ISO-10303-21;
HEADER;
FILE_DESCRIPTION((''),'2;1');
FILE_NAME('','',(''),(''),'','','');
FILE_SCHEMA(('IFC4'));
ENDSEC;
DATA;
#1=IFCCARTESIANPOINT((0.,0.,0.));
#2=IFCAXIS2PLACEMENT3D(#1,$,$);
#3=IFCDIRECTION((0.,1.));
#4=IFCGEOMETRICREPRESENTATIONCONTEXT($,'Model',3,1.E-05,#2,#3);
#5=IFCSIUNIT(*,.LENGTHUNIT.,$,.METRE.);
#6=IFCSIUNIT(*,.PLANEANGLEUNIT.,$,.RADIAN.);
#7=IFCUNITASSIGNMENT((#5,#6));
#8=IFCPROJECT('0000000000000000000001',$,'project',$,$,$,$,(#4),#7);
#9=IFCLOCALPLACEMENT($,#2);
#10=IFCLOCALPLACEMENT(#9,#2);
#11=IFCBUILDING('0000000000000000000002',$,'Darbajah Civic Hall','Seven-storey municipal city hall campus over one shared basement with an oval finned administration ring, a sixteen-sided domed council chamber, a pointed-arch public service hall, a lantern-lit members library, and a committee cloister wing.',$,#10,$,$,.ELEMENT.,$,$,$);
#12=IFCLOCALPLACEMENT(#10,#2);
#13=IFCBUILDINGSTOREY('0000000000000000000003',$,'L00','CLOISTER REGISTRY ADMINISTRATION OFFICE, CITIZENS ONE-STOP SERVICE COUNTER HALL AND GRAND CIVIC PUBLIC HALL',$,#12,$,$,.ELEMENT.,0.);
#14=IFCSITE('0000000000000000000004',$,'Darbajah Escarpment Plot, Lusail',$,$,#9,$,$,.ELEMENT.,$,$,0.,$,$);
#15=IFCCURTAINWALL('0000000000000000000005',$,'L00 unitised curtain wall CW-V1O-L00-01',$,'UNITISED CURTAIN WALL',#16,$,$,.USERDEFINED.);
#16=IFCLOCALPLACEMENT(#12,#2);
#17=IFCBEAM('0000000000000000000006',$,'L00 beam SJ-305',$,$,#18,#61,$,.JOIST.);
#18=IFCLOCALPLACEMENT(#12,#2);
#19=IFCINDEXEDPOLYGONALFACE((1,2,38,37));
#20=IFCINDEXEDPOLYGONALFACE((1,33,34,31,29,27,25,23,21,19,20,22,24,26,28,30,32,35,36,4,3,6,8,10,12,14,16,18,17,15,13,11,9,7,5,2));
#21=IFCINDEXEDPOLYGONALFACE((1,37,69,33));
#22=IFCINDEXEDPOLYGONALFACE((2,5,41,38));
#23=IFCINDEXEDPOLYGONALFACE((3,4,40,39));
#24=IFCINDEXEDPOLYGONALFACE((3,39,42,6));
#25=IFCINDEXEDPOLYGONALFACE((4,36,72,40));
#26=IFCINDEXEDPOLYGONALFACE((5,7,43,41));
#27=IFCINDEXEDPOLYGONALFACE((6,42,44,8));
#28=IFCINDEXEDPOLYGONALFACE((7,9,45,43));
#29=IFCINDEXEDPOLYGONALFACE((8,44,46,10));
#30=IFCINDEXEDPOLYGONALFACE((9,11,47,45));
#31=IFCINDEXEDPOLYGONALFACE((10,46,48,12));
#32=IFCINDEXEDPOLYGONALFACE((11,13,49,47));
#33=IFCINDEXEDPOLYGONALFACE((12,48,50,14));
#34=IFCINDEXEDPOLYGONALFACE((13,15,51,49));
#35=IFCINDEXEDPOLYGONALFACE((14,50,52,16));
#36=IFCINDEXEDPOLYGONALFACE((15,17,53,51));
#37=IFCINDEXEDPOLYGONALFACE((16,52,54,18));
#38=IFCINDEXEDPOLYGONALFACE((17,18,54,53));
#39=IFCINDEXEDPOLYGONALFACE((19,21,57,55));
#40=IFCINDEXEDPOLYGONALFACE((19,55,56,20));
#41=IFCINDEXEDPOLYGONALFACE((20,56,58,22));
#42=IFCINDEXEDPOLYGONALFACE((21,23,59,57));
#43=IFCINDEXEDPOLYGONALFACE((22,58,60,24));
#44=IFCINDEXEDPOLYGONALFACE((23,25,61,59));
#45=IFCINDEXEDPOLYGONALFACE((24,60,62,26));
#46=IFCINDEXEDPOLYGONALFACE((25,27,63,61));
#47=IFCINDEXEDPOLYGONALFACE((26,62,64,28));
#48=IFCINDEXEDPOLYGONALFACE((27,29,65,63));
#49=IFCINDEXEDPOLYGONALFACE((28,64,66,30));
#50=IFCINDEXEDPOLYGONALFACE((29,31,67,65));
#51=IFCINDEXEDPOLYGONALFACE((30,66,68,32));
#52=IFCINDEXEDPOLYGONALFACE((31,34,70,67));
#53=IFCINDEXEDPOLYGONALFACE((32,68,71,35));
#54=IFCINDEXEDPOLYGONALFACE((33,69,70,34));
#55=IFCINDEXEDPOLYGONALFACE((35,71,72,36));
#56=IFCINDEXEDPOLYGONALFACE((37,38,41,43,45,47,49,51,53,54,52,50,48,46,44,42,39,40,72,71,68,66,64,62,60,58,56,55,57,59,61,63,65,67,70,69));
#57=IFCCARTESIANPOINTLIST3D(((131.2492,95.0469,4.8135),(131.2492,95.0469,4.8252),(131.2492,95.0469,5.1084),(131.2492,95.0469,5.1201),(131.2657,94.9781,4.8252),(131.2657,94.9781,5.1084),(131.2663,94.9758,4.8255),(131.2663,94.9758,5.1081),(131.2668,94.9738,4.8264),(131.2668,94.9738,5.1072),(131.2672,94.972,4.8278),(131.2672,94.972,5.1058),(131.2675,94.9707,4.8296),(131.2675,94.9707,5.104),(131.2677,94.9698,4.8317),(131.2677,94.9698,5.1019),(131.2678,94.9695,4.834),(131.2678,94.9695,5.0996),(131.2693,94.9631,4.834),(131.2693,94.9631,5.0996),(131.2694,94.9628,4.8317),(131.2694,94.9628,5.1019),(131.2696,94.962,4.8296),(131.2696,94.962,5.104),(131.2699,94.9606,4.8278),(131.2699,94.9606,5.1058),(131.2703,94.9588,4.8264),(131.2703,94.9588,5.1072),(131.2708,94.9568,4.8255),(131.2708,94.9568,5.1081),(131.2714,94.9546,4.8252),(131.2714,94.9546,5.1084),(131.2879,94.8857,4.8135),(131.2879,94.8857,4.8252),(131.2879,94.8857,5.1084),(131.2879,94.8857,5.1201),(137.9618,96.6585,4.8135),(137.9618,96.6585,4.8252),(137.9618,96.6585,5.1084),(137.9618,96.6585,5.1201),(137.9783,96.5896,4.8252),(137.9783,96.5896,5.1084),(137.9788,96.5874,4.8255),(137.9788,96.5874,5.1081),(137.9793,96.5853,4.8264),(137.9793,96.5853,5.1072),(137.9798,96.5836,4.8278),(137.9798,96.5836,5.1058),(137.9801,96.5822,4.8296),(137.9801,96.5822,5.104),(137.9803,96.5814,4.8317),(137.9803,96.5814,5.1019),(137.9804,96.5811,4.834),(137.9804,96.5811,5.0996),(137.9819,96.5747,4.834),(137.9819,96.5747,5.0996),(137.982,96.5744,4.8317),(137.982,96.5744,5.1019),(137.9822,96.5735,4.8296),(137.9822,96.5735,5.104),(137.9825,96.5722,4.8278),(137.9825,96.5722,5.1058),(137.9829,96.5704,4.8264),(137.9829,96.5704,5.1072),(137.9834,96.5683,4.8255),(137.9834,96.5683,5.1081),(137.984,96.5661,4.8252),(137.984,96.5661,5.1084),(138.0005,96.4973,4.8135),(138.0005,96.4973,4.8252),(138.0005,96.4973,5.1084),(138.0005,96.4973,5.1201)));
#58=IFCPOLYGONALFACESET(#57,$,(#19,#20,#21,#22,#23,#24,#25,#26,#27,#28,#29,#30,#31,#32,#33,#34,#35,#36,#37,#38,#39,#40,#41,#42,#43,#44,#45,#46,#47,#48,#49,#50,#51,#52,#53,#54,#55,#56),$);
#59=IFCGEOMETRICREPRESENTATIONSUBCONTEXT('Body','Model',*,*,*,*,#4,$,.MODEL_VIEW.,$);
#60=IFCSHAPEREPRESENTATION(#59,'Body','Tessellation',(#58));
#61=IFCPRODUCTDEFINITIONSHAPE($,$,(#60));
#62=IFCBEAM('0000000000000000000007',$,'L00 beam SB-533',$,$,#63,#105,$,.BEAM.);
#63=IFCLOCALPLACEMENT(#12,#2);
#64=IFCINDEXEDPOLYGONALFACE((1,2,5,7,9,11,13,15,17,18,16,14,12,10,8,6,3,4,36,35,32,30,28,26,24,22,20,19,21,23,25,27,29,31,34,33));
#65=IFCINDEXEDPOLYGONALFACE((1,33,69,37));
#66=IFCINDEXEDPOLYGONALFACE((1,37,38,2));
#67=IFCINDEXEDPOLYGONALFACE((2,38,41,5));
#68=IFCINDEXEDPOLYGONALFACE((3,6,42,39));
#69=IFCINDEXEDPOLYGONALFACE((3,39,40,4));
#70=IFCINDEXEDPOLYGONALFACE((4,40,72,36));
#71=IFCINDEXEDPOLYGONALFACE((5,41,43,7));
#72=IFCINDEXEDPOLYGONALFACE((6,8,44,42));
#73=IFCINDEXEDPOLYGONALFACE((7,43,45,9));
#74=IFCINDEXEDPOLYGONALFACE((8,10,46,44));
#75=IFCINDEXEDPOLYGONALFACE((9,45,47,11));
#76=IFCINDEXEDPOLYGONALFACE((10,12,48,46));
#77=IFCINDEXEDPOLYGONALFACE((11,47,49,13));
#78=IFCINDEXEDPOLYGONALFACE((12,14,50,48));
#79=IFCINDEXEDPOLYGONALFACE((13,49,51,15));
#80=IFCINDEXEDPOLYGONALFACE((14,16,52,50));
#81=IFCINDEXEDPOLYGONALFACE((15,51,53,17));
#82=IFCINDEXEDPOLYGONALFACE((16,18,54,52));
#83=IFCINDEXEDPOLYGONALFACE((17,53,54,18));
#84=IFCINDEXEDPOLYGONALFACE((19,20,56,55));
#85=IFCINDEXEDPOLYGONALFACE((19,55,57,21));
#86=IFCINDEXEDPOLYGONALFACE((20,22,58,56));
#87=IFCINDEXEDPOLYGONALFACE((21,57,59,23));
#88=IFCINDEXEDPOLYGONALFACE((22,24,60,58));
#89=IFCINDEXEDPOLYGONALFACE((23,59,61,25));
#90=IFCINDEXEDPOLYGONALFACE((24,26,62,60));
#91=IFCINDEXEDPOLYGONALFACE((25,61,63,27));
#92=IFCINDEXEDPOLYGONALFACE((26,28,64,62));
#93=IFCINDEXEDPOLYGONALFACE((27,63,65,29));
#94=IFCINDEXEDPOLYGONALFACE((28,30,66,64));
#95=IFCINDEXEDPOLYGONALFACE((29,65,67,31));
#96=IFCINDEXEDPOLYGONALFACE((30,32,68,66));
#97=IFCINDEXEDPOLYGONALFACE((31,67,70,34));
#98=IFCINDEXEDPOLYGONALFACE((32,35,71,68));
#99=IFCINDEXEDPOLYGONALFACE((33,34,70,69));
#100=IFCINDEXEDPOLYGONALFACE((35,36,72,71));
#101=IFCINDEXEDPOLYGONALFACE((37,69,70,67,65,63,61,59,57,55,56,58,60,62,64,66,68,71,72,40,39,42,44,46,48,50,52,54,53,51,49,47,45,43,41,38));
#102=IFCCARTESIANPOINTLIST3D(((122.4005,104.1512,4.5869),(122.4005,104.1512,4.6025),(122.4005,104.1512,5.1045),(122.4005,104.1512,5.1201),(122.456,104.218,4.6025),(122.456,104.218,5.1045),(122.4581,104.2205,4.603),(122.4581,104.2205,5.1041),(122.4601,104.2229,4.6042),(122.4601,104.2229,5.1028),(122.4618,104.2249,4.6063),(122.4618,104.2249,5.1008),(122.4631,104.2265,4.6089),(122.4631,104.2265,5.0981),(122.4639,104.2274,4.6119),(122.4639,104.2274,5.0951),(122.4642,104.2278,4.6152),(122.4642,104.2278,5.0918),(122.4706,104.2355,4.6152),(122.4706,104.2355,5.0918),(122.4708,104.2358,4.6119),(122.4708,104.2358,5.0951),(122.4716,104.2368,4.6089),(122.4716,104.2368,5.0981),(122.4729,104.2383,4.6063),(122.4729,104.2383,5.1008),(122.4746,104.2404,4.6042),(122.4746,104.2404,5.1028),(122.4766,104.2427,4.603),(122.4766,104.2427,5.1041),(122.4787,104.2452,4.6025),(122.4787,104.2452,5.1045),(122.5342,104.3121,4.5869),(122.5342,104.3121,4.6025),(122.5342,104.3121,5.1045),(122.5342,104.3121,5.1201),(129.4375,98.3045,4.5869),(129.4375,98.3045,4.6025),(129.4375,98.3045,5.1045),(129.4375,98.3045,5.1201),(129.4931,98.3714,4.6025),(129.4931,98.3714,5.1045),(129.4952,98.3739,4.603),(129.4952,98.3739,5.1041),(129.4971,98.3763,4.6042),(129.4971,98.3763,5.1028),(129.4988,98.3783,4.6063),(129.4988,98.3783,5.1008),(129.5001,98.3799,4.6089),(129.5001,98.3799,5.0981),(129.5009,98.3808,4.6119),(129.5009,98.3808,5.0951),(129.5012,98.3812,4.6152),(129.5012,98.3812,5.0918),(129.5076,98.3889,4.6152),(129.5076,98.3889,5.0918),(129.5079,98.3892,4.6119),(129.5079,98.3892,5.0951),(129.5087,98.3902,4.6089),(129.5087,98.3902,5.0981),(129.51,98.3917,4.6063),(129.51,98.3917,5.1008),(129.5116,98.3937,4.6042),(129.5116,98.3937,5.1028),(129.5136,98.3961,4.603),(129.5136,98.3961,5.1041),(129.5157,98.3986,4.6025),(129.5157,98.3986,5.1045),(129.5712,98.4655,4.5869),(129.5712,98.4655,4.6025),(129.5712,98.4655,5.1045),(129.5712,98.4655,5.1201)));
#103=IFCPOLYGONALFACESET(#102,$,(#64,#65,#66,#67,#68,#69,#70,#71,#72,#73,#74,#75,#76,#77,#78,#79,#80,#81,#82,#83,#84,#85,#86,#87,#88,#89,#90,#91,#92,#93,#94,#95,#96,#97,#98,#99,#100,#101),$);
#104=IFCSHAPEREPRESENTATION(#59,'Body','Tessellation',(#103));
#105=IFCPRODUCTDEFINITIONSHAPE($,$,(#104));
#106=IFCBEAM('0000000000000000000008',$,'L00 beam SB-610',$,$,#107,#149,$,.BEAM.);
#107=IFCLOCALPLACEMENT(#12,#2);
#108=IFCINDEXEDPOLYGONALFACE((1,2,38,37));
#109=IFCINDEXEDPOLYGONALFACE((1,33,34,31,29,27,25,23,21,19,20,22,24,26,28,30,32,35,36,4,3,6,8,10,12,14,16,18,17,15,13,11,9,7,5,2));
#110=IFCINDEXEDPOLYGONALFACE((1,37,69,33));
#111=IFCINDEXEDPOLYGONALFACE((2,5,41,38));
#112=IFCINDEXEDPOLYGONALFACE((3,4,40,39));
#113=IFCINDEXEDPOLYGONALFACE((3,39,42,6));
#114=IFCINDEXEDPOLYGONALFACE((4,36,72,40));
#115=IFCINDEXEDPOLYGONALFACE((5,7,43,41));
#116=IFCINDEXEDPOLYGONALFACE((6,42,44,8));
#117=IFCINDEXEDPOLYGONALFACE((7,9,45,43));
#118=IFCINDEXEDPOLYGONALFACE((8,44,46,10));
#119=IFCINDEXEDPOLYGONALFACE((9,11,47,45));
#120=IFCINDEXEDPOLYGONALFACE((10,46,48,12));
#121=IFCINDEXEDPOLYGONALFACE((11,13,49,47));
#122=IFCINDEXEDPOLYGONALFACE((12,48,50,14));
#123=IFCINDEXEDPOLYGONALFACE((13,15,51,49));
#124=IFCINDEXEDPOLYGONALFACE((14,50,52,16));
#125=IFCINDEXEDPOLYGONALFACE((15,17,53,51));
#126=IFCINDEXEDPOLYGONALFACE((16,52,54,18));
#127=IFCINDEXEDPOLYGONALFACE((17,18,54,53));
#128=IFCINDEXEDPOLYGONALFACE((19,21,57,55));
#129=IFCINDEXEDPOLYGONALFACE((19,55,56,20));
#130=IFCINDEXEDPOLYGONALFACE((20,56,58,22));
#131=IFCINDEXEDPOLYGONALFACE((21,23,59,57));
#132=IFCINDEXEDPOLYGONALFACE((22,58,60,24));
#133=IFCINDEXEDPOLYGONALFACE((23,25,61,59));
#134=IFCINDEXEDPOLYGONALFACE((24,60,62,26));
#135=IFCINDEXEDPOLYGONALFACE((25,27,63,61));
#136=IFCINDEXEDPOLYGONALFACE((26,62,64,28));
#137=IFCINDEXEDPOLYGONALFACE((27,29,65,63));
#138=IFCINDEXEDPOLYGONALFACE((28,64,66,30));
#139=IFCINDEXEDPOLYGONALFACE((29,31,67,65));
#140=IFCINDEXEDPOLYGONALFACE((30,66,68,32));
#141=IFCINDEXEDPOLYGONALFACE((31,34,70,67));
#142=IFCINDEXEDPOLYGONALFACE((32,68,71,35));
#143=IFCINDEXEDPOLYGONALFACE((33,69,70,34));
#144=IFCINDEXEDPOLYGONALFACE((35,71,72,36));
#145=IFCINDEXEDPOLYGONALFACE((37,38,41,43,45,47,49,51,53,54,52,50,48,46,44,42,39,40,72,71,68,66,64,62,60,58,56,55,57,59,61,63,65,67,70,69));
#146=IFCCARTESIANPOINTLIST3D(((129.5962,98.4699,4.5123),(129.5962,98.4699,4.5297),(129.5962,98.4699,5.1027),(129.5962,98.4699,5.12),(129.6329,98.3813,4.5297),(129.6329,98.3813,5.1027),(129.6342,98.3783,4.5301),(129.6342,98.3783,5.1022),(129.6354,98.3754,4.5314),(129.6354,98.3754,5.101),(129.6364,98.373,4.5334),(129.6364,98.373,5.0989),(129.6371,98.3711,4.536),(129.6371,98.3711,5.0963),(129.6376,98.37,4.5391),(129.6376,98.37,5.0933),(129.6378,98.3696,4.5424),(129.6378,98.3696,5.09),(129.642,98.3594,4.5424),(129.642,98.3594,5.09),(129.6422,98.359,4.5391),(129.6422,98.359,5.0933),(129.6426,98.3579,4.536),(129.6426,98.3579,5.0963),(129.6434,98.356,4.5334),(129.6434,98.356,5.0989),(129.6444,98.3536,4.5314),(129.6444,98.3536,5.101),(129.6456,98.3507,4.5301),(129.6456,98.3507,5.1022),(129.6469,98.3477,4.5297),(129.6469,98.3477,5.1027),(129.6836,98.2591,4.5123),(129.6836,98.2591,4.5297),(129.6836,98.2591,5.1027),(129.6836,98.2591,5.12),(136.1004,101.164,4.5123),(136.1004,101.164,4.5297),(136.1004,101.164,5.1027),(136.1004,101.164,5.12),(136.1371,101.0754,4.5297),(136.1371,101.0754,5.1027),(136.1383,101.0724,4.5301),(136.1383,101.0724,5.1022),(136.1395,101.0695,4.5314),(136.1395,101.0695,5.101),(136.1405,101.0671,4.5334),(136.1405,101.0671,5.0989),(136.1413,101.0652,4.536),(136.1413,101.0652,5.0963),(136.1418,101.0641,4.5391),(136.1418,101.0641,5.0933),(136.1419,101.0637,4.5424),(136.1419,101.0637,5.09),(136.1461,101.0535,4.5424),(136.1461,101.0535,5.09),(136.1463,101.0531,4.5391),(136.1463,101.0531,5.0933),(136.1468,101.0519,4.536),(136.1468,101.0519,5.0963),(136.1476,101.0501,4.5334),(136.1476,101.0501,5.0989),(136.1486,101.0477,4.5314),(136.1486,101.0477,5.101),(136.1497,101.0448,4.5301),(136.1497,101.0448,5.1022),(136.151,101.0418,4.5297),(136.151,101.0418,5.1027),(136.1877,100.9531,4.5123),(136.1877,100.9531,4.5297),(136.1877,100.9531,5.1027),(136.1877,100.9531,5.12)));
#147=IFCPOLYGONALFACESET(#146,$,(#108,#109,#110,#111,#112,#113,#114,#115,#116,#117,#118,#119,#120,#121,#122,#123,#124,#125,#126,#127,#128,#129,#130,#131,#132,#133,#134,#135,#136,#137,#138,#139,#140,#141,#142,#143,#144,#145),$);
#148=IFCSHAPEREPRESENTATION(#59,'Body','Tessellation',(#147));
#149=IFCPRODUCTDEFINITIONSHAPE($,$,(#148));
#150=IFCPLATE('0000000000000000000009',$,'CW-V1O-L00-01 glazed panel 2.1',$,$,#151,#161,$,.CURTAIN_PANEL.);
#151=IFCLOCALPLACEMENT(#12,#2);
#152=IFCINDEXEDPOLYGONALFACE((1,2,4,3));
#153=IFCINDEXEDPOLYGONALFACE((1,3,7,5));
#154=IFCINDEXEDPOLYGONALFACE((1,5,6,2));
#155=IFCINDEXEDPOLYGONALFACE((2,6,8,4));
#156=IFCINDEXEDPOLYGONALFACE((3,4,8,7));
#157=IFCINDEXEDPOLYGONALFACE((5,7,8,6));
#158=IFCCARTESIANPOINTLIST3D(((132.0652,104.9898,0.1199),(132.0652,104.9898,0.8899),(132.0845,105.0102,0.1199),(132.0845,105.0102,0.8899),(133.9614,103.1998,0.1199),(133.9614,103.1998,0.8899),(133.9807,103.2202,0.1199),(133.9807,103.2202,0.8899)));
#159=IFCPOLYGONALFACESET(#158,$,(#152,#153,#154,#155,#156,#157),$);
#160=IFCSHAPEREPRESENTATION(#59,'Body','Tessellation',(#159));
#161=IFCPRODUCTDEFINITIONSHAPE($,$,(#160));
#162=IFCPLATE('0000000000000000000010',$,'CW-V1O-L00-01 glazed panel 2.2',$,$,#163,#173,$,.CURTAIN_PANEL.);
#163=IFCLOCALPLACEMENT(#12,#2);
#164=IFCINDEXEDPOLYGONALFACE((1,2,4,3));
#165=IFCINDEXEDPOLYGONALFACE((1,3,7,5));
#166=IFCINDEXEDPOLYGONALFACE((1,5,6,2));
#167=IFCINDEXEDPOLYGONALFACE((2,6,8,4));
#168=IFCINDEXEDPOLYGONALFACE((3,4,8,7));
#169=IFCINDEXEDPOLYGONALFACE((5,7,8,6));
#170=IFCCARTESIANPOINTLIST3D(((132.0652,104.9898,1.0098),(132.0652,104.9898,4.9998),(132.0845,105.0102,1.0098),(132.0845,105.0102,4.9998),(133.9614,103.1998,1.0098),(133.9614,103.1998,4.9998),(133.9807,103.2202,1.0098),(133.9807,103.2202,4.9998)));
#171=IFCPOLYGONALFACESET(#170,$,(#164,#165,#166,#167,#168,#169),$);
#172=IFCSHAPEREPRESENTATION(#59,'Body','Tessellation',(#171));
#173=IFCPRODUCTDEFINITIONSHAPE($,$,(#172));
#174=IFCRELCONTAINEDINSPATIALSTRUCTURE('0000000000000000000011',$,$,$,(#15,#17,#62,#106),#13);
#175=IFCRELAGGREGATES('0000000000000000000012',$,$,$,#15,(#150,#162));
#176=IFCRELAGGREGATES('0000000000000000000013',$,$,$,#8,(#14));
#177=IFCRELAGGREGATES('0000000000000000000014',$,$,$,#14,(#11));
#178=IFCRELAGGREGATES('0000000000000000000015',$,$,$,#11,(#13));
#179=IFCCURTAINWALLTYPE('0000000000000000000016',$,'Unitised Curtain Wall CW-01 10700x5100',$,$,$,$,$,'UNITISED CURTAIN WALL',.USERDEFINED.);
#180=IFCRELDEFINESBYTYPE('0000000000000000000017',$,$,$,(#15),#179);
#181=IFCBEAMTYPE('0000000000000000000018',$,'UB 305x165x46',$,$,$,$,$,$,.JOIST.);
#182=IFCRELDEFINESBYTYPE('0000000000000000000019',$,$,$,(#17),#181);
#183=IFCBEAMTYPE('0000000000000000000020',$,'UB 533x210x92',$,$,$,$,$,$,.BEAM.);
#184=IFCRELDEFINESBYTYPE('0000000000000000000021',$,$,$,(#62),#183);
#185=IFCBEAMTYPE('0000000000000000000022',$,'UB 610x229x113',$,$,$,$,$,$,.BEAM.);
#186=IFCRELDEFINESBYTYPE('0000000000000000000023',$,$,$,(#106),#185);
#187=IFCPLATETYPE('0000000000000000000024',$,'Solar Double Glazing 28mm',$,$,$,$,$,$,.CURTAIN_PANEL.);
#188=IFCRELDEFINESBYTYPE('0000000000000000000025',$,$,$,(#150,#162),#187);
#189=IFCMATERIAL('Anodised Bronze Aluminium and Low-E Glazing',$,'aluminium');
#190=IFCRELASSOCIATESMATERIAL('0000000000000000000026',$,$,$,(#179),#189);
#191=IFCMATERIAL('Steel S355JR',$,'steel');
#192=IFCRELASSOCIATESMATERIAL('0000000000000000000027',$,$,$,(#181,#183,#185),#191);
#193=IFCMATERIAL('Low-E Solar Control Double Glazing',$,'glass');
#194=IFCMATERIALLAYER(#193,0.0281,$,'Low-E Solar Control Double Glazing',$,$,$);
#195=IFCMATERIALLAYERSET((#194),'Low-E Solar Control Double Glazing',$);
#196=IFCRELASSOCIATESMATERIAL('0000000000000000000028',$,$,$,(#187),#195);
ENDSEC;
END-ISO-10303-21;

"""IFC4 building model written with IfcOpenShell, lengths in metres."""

from ifc_helpers import new_model, si_unit, direction, frame, origin, origin_2d, place, context, subcontext, project, spatial, rectangle, i_section, extrude, material, layer, layer_set, material_profile, profile_set, type_object, element, aggregate, save


model = new_model("IFC4")

# Units and contexts
model_context = context("Model", 3, precision=1e-05, world=origin(), true_north=direction((0.0, 1.0)))
body_context = subcontext(model_context, "Body", "Model", "MODEL_VIEW")
ifc_project = project(units=[si_unit("LENGTHUNIT", "METRE"), si_unit("PLANEANGLEUNIT", "RADIAN")], contexts=[model_context])

# Site, building, storey
site_placement = place(None, origin())
site = spatial("IfcSite", under=ifc_project, at=site_placement, Name="Darbajah Escarpment Plot, Lusail", CompositionType="ELEMENT", RefElevation=0.0)
building_placement = place(site_placement, origin())
building = spatial("IfcBuilding", under=site, at=building_placement, Name="Darbajah Civic Hall", Description="Seven-storey municipal city hall campus over one shared basement with an oval finned administration ring, a sixteen-sided domed council chamber, a pointed-arch public service hall, a lantern-lit members library, and a committee cloister wing.", CompositionType="ELEMENT")
storey_placement = place(building_placement, origin())
storey = spatial("IfcBuildingStorey", under=building, at=storey_placement, Name="L00", Description="CLOISTER REGISTRY ADMINISTRATION OFFICE, CITIZENS ONE-STOP SERVICE COUNTER HALL AND GRAND CIVIC PUBLIC HALL", CompositionType="ELEMENT", Elevation=0.0)

# Curtain wall
ifc_material_1 = material(Name="Anodised Bronze Aluminium and Low-E Glazing", Category="aluminium")
curtain_wall_type = type_object("IfcCurtainWallType", Name="Unitised Curtain Wall CW-01 10700x5100", ElementType="UNITISED CURTAIN WALL", PredefinedType="USERDEFINED", material=ifc_material_1)
curtain_wall_placement = place(storey_placement, origin())
curtain_wall = element("IfcCurtainWall", 1, at=curtain_wall_placement, inside=storey, type_object=curtain_wall_type, Name="L00 unitised curtain wall CW-V1O-L00-01", ObjectType="UNITISED CURTAIN WALL", PredefinedType="USERDEFINED")

# Beams
ifc_material_2 = material(Name="Steel S355JR", Category="steel")
ifc_material_profile_1 = material_profile(ifc_material_2, i_section(OverallWidth=0.1658, OverallDepth=0.3066, WebThickness=0.0066, FlangeThickness=0.0117, FilletRadius=0.0088, at=origin_2d()), Name="UB 305x165x46")
ifc_profile_set_1 = profile_set([ifc_material_profile_1], Name="Steel S355JR")
beam_type_1 = type_object("IfcBeamType", Name="UB 305x165x46", PredefinedType="JOIST", material=ifc_profile_set_1)
beam_1_placement = place(storey_placement, frame((131.2686, 94.9663, 4.9668), z_axis=(0.97237, 0.233447, 0.0), x_axis=(-0.233447, 0.97237, 0.0)))
element("IfcBeam", 2, at=beam_1_placement, inside=storey, type_object=beam_type_1, Name="L00 beam SJ-305", PredefinedType="JOIST", context=body_context, shape_type="SweptSolid", body=[
    extrude(i_section(OverallWidth=0.1658, OverallDepth=0.3066, WebThickness=0.0066, FlangeThickness=0.0117, FilletRadius=0.0088, at=origin_2d()), origin(), (0.0, 0.0, 1.0), 6.9033),
])
ifc_material_profile_2 = material_profile(ifc_material_2, i_section(OverallWidth=0.2092, OverallDepth=0.5332, WebThickness=0.01, FlangeThickness=0.0156, FilletRadius=0.0127, at=origin_2d()), Name="UB 533x210x92")
ifc_profile_set_2 = profile_set([ifc_material_profile_2], Name="Steel S355JR")
beam_type_2 = type_object("IfcBeamType", Name="UB 533x210x92", PredefinedType="BEAM", material=ifc_profile_set_2)
beam_2_placement = place(storey_placement, frame((129.5044, 98.385, 4.8535), z_axis=(-0.769165, 0.63905, 0.0), x_axis=(-0.63905, -0.769165, 0.0)))
element("IfcBeam", 3, at=beam_2_placement, inside=storey, type_object=beam_type_2, Name="L00 beam SB-533", PredefinedType="BEAM", context=body_context, shape_type="SweptSolid", body=[
    extrude(i_section(OverallWidth=0.2092, OverallDepth=0.5332, WebThickness=0.01, FlangeThickness=0.0156, FilletRadius=0.0127, at=origin_2d()), origin(), (0.0, 0.0, 1.0), 9.1489),
])
ifc_material_profile_3 = material_profile(ifc_material_2, i_section(OverallWidth=0.2283, OverallDepth=0.6077, WebThickness=0.011, FlangeThickness=0.0173, FilletRadius=0.0127, at=origin_2d()), Name="UB 610x229x113")
ifc_profile_set_3 = profile_set([ifc_material_profile_3], Name="Steel S355JR")
beam_type_3 = type_object("IfcBeamType", Name="UB 610x229x113", PredefinedType="BEAM", material=ifc_profile_set_3)
beam_3_placement = place(storey_placement, frame((129.6399, 98.3645, 4.8162), z_axis=(0.92388, 0.382682, 0.0), x_axis=(-0.382682, 0.92388, 0.0)))
element("IfcBeam", 4, at=beam_3_placement, inside=storey, type_object=beam_type_3, Name="L00 beam SB-610", PredefinedType="BEAM", context=body_context, shape_type="SweptSolid", body=[
    extrude(i_section(OverallWidth=0.2283, OverallDepth=0.6077, WebThickness=0.011, FlangeThickness=0.0173, FilletRadius=0.0127, at=origin_2d()), origin(), (0.0, 0.0, 1.0), 7.04),
])

# Plates
ifc_material_3 = material(Name="Low-E Solar Control Double Glazing", Category="glass")
ifc_layer_1 = layer(ifc_material_3, 0.0281, Name="Low-E Solar Control Double Glazing")
ifc_layer_set_1 = layer_set([ifc_layer_1], Name="Low-E Solar Control Double Glazing")
plate_type = type_object("IfcPlateType", Name="Solar Double Glazing 28mm", PredefinedType="CURTAIN_PANEL", material=ifc_layer_set_1)
plate_1_placement = place(storey_placement, frame((133.0229, 104.105, 0.1199), z_axis=(0.0, 0.0, 1.0), x_axis=(-0.727174, 0.686453, 0.0)))
plate_1 = element("IfcPlate", 5, at=plate_1_placement, type_object=plate_type, Name="CW-V1O-L00-01 glazed panel 2.1", PredefinedType="CURTAIN_PANEL", context=body_context, shape_type="SweptSolid", body=[
    extrude(rectangle(XDim=2.6077, YDim=0.0281, at=origin_2d()), origin(), (0.0, 0.0, 1.0), 0.77),
])
plate_2_placement = place(storey_placement, frame((133.0229, 104.105, 1.0098), z_axis=(0.0, 0.0, 1.0), x_axis=(-0.727174, 0.686453, 0.0)))
plate_2 = element("IfcPlate", 6, at=plate_2_placement, type_object=plate_type, Name="CW-V1O-L00-01 glazed panel 2.2", PredefinedType="CURTAIN_PANEL", context=body_context, shape_type="SweptSolid", body=[
    extrude(rectangle(XDim=2.6077, YDim=0.0281, at=origin_2d()), origin(), (0.0, 0.0, 1.0), 3.99),
])
aggregate(curtain_wall, [plate_1, plate_2])

save(model, "model.ifc")
